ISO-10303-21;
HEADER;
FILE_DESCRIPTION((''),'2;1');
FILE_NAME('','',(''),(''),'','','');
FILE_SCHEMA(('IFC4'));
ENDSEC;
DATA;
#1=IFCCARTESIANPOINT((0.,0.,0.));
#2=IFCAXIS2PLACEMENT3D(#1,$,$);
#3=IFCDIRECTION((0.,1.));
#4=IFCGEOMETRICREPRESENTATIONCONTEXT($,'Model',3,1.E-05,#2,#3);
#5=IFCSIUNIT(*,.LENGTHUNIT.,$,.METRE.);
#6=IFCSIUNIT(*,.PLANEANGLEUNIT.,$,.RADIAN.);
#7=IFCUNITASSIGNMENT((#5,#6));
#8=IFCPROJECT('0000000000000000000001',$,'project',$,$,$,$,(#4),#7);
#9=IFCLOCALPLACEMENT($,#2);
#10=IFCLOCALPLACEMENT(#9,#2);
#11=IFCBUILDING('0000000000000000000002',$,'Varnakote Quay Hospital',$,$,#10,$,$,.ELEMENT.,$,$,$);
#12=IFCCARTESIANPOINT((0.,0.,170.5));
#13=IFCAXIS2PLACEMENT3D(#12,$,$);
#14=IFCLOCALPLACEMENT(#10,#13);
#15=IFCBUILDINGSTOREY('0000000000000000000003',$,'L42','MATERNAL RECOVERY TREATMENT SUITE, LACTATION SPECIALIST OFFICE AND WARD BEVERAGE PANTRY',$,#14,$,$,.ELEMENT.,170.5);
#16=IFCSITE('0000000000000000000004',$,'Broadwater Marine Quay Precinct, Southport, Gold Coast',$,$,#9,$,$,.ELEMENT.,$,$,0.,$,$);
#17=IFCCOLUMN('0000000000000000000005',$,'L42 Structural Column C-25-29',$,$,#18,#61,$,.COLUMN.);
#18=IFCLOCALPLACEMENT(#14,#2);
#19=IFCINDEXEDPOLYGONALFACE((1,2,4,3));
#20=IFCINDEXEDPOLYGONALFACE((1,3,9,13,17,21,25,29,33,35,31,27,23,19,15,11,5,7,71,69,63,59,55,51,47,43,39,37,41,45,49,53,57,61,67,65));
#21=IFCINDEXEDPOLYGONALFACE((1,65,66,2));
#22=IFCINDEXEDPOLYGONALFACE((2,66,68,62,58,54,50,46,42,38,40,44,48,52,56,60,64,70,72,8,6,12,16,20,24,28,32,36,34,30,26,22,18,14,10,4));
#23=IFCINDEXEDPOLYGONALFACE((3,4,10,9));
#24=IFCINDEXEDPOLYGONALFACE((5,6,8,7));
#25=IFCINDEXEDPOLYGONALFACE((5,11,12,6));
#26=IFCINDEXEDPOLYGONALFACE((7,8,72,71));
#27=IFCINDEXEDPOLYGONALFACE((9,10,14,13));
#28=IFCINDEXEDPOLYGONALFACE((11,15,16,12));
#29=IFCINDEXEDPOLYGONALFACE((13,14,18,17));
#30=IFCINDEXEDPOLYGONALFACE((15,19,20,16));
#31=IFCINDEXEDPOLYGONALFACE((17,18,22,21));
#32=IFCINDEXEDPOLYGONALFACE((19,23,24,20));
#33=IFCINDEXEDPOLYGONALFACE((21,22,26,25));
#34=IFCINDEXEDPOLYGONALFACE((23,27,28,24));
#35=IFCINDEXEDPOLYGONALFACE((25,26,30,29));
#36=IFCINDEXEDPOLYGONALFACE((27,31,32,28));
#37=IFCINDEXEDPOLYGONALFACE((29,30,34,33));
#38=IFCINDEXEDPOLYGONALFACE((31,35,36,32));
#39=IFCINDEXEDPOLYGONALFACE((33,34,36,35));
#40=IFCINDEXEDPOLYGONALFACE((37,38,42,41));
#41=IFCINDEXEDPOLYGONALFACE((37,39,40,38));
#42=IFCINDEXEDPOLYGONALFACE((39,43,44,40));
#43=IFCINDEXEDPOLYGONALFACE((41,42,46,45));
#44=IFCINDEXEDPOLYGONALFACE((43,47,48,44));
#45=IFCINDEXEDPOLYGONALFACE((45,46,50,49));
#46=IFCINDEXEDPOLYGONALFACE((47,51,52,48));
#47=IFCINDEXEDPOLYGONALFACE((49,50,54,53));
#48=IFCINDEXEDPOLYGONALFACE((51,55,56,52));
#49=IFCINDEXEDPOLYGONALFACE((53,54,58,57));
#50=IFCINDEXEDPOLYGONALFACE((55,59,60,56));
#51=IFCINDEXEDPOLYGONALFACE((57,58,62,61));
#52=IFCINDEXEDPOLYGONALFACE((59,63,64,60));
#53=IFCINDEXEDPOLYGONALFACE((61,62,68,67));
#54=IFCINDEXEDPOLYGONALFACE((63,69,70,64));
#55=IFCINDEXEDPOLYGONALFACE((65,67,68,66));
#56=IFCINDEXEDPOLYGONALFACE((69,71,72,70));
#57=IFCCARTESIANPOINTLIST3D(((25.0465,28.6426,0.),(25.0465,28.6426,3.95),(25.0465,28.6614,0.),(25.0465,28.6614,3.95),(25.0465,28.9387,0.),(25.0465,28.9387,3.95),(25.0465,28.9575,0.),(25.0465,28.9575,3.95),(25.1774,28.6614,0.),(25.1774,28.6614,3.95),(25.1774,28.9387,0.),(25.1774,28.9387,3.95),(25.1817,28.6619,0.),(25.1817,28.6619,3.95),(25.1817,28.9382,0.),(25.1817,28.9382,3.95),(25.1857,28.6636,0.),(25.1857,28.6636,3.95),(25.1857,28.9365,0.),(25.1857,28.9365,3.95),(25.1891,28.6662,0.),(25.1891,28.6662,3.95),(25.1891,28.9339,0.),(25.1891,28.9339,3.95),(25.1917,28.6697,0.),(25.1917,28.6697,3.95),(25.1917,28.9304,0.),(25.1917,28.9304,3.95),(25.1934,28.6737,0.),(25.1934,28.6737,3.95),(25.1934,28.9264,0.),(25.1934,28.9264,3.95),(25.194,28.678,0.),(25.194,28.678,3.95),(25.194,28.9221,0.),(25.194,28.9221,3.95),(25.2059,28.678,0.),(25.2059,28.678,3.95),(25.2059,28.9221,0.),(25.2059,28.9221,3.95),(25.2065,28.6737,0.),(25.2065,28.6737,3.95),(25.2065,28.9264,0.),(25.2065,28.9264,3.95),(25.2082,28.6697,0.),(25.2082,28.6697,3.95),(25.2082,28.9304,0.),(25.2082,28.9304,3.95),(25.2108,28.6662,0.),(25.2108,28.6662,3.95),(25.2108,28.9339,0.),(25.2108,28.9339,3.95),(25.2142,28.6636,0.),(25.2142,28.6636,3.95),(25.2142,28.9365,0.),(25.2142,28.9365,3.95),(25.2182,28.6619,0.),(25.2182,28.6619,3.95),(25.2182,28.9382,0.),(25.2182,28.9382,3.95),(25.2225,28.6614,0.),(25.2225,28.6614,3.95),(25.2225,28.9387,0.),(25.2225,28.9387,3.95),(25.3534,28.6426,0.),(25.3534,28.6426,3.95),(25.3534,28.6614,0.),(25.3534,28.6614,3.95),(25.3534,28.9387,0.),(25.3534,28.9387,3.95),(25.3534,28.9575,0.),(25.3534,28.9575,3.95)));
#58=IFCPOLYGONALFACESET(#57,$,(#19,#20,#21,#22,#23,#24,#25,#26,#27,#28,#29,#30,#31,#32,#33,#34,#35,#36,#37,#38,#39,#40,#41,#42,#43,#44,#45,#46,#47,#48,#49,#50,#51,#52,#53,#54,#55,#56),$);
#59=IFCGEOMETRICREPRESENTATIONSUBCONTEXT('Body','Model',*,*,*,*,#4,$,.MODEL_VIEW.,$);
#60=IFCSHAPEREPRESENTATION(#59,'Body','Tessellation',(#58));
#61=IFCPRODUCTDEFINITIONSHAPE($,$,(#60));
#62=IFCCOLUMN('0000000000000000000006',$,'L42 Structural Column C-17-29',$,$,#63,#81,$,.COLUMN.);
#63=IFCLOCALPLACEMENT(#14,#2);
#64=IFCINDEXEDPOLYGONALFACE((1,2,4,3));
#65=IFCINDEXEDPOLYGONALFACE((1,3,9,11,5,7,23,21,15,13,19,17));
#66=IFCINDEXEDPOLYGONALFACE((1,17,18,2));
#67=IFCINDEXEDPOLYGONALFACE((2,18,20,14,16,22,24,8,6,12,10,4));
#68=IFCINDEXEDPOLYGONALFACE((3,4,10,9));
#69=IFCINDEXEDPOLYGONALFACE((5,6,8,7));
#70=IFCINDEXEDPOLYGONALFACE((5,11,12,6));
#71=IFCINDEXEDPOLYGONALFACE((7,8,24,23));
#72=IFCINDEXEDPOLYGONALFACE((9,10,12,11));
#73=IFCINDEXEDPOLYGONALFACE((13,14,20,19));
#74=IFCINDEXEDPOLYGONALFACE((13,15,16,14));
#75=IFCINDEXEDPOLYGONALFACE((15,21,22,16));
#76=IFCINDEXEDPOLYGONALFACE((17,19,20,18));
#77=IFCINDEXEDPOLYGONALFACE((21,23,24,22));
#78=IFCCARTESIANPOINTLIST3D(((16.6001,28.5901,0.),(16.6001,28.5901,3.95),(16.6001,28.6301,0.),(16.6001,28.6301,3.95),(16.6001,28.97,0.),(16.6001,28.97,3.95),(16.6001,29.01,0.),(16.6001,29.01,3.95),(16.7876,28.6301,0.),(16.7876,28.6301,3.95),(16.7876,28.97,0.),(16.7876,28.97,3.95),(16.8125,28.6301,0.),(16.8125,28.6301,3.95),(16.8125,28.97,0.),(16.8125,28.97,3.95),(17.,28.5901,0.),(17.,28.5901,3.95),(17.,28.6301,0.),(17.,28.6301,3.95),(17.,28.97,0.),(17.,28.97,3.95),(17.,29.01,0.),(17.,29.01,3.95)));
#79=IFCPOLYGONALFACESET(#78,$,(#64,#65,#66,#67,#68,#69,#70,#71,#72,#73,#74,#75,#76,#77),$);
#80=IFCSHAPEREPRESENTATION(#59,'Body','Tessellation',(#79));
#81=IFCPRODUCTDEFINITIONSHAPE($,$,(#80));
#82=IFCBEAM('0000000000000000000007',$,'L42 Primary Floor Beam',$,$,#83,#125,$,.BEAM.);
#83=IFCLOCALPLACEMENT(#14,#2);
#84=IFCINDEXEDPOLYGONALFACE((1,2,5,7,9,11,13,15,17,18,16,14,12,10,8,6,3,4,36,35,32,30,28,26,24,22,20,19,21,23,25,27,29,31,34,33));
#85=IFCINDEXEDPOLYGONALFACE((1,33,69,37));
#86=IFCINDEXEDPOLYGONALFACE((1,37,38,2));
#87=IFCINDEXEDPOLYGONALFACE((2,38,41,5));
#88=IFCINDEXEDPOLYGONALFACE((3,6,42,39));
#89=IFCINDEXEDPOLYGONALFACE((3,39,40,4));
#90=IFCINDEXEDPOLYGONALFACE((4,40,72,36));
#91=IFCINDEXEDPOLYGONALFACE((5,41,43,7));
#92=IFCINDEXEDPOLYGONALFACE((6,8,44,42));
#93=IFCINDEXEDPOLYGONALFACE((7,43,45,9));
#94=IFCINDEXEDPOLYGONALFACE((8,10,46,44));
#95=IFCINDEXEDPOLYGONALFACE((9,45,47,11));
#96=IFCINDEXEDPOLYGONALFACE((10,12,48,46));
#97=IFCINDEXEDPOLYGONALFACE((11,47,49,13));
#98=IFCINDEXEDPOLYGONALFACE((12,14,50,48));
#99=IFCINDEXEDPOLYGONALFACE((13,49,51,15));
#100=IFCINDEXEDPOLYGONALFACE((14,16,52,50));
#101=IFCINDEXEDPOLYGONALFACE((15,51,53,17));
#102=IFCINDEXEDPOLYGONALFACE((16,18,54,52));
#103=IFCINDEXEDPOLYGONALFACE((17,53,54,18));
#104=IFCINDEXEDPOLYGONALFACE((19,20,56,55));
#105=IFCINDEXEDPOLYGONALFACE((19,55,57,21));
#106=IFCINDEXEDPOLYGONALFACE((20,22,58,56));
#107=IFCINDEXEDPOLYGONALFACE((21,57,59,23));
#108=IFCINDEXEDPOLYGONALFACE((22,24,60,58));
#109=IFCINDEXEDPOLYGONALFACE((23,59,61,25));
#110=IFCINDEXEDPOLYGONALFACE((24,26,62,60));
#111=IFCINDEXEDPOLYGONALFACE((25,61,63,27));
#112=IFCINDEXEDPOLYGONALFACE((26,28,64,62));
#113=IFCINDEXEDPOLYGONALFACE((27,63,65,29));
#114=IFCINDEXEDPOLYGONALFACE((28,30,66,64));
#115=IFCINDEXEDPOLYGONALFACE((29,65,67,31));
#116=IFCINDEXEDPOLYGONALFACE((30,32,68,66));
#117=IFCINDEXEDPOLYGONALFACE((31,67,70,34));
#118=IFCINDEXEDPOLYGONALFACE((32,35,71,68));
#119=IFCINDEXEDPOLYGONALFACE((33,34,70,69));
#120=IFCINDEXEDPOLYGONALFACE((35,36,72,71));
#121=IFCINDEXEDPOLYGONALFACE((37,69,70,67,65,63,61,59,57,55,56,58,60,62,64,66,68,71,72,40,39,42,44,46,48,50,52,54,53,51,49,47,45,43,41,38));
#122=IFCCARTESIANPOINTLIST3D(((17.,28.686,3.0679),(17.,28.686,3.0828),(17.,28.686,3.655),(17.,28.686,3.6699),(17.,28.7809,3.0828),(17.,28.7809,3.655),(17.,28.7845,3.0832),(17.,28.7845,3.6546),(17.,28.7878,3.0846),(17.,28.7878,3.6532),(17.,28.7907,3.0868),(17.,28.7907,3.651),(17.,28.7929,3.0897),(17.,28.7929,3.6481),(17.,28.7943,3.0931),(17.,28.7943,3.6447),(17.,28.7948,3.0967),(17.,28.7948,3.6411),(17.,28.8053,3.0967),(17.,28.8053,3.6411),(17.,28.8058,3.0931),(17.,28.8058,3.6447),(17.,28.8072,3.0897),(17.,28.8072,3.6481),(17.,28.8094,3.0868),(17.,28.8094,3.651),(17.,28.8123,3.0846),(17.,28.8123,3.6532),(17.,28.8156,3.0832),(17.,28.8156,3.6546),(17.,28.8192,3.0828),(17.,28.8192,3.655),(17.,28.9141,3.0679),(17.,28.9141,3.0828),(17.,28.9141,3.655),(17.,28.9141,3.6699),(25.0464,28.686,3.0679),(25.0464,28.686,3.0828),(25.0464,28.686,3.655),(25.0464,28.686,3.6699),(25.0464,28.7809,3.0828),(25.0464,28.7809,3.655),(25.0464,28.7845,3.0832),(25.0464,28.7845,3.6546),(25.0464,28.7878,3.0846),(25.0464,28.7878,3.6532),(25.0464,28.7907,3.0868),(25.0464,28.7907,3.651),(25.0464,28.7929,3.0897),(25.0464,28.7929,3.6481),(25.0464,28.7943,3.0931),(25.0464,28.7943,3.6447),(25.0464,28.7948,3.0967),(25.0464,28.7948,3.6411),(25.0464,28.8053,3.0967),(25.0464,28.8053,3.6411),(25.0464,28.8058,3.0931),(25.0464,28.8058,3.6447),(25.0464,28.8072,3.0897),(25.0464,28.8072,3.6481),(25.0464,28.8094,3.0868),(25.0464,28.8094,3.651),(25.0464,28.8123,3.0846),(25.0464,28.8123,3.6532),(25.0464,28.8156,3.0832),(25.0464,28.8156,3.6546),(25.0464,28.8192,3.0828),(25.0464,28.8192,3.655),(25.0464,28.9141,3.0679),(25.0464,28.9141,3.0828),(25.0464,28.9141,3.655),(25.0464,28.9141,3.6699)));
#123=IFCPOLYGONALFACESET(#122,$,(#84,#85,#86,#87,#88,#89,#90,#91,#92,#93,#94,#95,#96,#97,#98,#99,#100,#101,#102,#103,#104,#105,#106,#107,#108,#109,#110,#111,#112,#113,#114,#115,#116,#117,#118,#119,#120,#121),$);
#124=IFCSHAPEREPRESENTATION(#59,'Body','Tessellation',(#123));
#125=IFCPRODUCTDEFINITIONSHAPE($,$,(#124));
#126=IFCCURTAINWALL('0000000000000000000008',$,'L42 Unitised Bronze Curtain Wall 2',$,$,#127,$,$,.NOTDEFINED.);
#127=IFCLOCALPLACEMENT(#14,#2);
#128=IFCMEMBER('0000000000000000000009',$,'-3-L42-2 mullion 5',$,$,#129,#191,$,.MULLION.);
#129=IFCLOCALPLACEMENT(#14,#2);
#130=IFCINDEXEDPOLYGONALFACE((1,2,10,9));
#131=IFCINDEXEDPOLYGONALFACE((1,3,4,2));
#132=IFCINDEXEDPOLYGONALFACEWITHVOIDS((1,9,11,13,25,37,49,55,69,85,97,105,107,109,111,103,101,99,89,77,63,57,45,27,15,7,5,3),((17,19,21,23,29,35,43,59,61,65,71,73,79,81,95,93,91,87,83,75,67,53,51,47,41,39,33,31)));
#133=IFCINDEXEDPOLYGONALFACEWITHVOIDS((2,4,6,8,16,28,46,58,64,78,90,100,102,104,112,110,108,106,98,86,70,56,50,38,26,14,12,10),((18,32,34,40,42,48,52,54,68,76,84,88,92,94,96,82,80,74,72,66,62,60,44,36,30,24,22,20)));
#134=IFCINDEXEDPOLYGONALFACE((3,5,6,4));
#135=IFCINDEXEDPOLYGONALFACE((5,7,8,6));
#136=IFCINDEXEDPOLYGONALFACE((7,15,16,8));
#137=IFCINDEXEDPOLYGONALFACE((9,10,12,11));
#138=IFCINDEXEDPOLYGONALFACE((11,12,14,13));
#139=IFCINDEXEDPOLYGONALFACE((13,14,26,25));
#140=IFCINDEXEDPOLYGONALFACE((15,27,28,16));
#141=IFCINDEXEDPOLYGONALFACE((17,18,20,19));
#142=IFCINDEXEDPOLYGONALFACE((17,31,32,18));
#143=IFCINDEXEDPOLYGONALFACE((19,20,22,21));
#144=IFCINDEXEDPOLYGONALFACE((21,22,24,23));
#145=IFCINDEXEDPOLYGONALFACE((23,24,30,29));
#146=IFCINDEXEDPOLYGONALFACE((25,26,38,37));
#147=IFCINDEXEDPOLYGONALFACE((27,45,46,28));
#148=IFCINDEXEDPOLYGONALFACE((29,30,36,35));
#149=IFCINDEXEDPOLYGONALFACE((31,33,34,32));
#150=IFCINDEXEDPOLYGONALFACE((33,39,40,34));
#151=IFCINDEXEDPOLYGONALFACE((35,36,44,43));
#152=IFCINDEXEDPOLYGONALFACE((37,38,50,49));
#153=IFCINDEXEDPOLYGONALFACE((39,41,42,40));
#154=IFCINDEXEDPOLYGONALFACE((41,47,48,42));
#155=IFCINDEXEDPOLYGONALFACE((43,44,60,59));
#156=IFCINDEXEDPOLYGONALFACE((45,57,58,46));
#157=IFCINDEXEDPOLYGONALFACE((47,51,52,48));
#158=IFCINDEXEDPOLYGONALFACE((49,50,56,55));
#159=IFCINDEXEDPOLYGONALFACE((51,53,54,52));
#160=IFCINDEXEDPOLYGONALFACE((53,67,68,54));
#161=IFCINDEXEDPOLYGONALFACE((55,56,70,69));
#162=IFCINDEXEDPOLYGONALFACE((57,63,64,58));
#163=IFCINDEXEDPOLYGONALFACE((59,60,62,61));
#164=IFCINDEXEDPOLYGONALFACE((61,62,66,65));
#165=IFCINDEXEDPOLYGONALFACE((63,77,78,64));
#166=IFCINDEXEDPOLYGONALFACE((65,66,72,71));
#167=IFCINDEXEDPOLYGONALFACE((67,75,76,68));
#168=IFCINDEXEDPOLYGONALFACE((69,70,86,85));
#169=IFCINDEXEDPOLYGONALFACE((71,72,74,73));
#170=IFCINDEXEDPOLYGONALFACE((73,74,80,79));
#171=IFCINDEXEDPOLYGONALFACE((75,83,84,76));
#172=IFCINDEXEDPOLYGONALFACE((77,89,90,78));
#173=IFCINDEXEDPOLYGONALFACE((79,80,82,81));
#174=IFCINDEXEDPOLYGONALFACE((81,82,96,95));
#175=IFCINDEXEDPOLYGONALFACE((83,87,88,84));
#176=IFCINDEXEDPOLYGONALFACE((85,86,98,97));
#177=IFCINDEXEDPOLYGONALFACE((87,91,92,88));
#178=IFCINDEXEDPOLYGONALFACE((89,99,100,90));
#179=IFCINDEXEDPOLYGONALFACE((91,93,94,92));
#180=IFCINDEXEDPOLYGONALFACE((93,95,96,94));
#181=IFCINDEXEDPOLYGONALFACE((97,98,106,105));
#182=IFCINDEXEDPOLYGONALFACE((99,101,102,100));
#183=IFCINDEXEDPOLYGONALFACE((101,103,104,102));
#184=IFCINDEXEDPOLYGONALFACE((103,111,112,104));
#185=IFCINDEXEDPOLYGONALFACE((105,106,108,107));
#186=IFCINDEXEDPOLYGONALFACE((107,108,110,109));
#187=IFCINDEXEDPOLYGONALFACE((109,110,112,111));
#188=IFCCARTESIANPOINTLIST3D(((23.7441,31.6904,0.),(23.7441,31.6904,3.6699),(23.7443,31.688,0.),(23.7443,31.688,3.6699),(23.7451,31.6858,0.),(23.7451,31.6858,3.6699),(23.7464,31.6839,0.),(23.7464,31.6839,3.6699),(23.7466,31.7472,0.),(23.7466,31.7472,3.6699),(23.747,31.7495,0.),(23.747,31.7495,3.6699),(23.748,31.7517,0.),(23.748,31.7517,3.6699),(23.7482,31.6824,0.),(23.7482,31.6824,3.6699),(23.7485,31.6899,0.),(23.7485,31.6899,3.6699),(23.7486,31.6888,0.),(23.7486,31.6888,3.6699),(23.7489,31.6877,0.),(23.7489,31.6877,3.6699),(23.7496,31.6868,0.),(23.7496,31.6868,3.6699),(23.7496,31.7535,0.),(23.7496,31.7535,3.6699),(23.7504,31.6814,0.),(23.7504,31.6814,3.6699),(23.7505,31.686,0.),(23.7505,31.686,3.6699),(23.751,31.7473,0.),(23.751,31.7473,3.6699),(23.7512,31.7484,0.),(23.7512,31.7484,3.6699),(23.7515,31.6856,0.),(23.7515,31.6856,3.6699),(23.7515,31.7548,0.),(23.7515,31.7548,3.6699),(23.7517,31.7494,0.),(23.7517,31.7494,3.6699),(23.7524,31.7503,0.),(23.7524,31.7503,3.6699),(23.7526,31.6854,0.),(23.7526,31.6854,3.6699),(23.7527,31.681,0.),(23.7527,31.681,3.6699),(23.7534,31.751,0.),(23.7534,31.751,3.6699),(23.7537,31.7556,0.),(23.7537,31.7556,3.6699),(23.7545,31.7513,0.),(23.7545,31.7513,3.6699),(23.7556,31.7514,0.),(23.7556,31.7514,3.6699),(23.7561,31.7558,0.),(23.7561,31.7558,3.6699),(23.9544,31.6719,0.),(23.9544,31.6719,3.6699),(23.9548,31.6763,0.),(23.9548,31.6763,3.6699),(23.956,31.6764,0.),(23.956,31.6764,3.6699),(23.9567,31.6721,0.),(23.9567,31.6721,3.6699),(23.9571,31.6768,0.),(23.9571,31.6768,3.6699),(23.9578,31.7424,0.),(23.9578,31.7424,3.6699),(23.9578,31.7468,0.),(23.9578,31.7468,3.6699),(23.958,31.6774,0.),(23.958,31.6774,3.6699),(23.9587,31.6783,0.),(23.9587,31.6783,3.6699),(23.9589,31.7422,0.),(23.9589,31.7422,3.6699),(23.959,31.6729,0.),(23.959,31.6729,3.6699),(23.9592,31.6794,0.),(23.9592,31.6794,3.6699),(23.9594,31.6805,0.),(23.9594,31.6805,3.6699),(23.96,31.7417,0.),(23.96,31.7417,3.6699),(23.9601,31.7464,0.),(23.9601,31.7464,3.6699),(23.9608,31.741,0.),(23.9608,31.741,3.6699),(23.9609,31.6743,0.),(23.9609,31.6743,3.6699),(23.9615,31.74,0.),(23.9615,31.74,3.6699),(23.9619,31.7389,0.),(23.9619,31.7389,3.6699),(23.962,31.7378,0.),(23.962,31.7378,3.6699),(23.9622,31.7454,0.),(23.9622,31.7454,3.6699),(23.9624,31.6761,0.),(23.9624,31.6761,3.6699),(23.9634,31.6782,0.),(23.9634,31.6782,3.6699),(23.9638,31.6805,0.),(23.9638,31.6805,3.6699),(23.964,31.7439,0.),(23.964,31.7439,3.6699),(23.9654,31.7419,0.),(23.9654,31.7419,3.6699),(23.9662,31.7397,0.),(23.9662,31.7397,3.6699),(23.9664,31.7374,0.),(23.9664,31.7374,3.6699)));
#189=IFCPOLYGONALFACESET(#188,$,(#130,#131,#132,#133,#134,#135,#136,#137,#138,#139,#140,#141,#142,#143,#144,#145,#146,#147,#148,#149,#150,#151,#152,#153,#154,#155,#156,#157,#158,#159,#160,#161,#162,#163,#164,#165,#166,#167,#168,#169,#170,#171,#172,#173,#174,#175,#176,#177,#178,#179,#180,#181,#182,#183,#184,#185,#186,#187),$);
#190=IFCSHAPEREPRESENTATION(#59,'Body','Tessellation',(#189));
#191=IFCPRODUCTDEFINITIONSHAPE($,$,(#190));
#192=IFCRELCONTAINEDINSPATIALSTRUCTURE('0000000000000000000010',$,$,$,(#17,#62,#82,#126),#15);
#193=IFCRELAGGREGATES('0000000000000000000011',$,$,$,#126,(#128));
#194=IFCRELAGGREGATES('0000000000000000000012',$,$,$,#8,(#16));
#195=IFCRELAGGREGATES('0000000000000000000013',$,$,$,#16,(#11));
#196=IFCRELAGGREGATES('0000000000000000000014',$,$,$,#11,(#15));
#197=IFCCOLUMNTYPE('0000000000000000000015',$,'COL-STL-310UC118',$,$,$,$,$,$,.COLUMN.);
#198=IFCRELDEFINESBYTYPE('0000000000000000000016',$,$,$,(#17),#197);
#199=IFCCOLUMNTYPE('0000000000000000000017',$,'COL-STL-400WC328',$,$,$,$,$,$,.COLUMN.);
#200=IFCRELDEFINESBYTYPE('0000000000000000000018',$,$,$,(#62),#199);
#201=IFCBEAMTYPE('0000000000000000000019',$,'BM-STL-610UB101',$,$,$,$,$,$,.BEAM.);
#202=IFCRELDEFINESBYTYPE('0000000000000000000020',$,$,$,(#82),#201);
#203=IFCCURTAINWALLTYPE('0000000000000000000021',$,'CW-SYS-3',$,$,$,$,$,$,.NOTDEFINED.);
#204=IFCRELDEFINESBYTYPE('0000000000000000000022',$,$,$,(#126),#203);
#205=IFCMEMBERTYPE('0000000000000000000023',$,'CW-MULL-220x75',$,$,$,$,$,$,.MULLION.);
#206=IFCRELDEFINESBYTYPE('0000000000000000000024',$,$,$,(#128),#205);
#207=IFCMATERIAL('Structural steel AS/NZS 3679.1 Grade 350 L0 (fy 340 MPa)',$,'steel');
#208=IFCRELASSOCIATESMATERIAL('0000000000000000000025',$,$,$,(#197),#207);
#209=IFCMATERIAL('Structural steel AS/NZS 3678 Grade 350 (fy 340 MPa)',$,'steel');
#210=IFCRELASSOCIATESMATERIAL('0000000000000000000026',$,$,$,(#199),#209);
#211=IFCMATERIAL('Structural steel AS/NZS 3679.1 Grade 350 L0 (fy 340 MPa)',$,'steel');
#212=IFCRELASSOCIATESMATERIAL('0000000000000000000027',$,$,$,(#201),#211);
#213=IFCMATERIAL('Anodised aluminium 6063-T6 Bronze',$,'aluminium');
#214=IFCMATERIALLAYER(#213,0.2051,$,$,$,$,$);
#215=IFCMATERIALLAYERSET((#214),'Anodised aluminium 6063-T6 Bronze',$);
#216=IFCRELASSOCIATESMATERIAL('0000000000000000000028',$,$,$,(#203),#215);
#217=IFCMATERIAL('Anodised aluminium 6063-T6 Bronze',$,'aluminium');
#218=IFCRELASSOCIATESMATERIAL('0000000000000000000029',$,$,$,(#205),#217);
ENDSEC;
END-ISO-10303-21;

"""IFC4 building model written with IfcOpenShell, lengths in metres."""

from ifc_helpers import new_model, si_unit, direction, frame, origin, origin_2d, place, context, subcontext, project, spatial, hollow_rectangle, i_section, extrude, material, layer, layer_set, material_profile, profile_set, type_object, element, aggregate, save


model = new_model("IFC4")

# Units and contexts
model_context = context("Model", 3, precision=1e-05, world=origin(), true_north=direction((0.0, 1.0)))
body_context = subcontext(model_context, "Body", "Model", "MODEL_VIEW")
ifc_project = project(units=[si_unit("LENGTHUNIT", "METRE"), si_unit("PLANEANGLEUNIT", "RADIAN")], contexts=[model_context])

# Site, building, storey
site_placement = place(None, origin())
site = spatial("IfcSite", under=ifc_project, at=site_placement, Name="Broadwater Marine Quay Precinct, Southport, Gold Coast", CompositionType="ELEMENT", RefElevation=0.0)
building_placement = place(site_placement, origin())
building = spatial("IfcBuilding", under=site, at=building_placement, Name="Varnakote Quay Hospital", CompositionType="ELEMENT")
storey_placement = place(building_placement, frame((0.0, 0.0, 170.5)))
storey = spatial("IfcBuildingStorey", under=building, at=storey_placement, Name="L42", Description="MATERNAL RECOVERY TREATMENT SUITE, LACTATION SPECIALIST OFFICE AND WARD BEVERAGE PANTRY", CompositionType="ELEMENT", Elevation=170.5)

# Columns
ifc_material_1 = material(Name="Structural steel AS/NZS 3679.1 Grade 350 L0 (fy 340 MPa)", Category="steel")
ifc_material_profile_1 = material_profile(ifc_material_1, i_section(OverallWidth=0.3069, OverallDepth=0.3149, WebThickness=0.012, FlangeThickness=0.0188, FilletRadius=0.0166, at=origin_2d()), Name="310UC118")
ifc_profile_set_1 = profile_set([ifc_material_profile_1], Name="Structural steel AS/NZS 3679.1 Grade 350 L0 (fy 340 MPa)")
column_type_1 = type_object("IfcColumnType", Name="COL-STL-310UC118", PredefinedType="COLUMN", material=ifc_profile_set_1)
column_1_placement = place(storey_placement, frame((25.2, 28.8, 0.0), z_axis=(0.0, 0.0, 1.0), x_axis=(1.0, 0.0, 0.0)))
element("IfcColumn", 1, at=column_1_placement, inside=storey, type_object=column_type_1, Name="L42 Structural Column C-25-29", PredefinedType="COLUMN", context=body_context, shape_type="SweptSolid", body=[
    extrude(i_section(OverallWidth=0.3069, OverallDepth=0.3149, WebThickness=0.012, FlangeThickness=0.0188, FilletRadius=0.0166, at=origin_2d()), origin(), (0.0, 0.0, 1.0), 3.95),
])
ifc_material_2 = material(Name="Structural steel AS/NZS 3678 Grade 350 (fy 340 MPa)", Category="steel")
ifc_material_profile_2 = material_profile(ifc_material_2, i_section(OverallWidth=0.3999, OverallDepth=0.4199, WebThickness=0.0249, FlangeThickness=0.04, at=origin_2d()), Name="400WC328")
ifc_profile_set_2 = profile_set([ifc_material_profile_2], Name="Structural steel AS/NZS 3678 Grade 350 (fy 340 MPa)")
column_type_2 = type_object("IfcColumnType", Name="COL-STL-400WC328", PredefinedType="COLUMN", material=ifc_profile_set_2)
column_2_placement = place(storey_placement, frame((16.8, 28.8, 0.0), z_axis=(0.0, 0.0, 1.0), x_axis=(1.0, 0.0, 0.0)))
element("IfcColumn", 2, at=column_2_placement, inside=storey, type_object=column_type_2, Name="L42 Structural Column C-17-29", PredefinedType="COLUMN", context=body_context, shape_type="SweptSolid", body=[
    extrude(i_section(OverallWidth=0.3999, OverallDepth=0.4199, WebThickness=0.0249, FlangeThickness=0.04, at=origin_2d()), origin(), (0.0, 0.0, 1.0), 3.95),
])

# Beam
ifc_material_3 = material(Name="Structural steel AS/NZS 3679.1 Grade 350 L0 (fy 340 MPa)", Category="steel")
ifc_material_profile_3 = material_profile(ifc_material_3, i_section(OverallWidth=0.228, OverallDepth=0.6021, WebThickness=0.0105, FlangeThickness=0.0149, FilletRadius=0.0139, at=origin_2d()), Name="610UB101")
ifc_profile_set_3 = profile_set([ifc_material_profile_3], Name="Structural steel AS/NZS 3679.1 Grade 350 L0 (fy 340 MPa)")
beam_type_1 = type_object("IfcBeamType", Name="BM-STL-610UB101", PredefinedType="BEAM", material=ifc_profile_set_3)
beam_1_placement = place(storey_placement, frame((17.0, 28.8, 3.3689), z_axis=(1.0, 0.0, 0.0), x_axis=(0.0, 1.0, 0.0)))
element("IfcBeam", 3, at=beam_1_placement, inside=storey, type_object=beam_type_1, Name="L42 Primary Floor Beam", PredefinedType="BEAM", context=body_context, shape_type="SweptSolid", body=[
    extrude(i_section(OverallWidth=0.228, OverallDepth=0.6021, WebThickness=0.0105, FlangeThickness=0.0149, FilletRadius=0.0139, at=origin_2d()), origin(), (0.0, 0.0, 1.0), 8.0464),
])

# Curtain wall, member
ifc_material_4 = material(Name="Anodised aluminium 6063-T6 Bronze", Category="aluminium")
ifc_layer_1 = layer(ifc_material_4, 0.2051)
ifc_layer_set_1 = layer_set([ifc_layer_1], Name="Anodised aluminium 6063-T6 Bronze")
curtain_wall_type = type_object("IfcCurtainWallType", Name="CW-SYS-3", PredefinedType="NOTDEFINED", material=ifc_layer_set_1)
curtain_wall_placement = place(storey_placement, origin())
curtain_wall = element("IfcCurtainWall", 4, at=curtain_wall_placement, inside=storey, type_object=curtain_wall_type, Name="L42 Unitised Bronze Curtain Wall 2", PredefinedType="NOTDEFINED")
ifc_material_5 = material(Name="Anodised aluminium 6063-T6 Bronze", Category="aluminium")
ifc_material_profile_4 = material_profile(ifc_material_5, hollow_rectangle(XDim=0.075, YDim=0.22, WallThickness=0.0044, InnerFilletRadius=0.0044, OuterFilletRadius=0.009, at=origin_2d()), Name="CW-MULL-220x75")
ifc_profile_set_4 = profile_set([ifc_material_profile_4], Name="Anodised aluminium 6063-T6 Bronze")
member_type = type_object("IfcMemberType", Name="CW-MULL-220x75", PredefinedType="MULLION", material=ifc_profile_set_4)
member_placement = place(storey_placement, frame((23.8552, 31.7139, 0.0), z_axis=(0.0, 0.0, 1.0), x_axis=(-0.044782, -0.998997, 0.0)))
member = element("IfcMember", 5, at=member_placement, type_object=member_type, Name="-3-L42-2 mullion 5", PredefinedType="MULLION", context=body_context, shape_type="SweptSolid", body=[
    extrude(hollow_rectangle(XDim=0.075, YDim=0.22, WallThickness=0.0044, InnerFilletRadius=0.0044, OuterFilletRadius=0.009, at=origin_2d()), origin(), (0.0, 0.0, 1.0), 3.6699),
])

aggregate(curtain_wall, [member])

save(model, "model.ifc")
